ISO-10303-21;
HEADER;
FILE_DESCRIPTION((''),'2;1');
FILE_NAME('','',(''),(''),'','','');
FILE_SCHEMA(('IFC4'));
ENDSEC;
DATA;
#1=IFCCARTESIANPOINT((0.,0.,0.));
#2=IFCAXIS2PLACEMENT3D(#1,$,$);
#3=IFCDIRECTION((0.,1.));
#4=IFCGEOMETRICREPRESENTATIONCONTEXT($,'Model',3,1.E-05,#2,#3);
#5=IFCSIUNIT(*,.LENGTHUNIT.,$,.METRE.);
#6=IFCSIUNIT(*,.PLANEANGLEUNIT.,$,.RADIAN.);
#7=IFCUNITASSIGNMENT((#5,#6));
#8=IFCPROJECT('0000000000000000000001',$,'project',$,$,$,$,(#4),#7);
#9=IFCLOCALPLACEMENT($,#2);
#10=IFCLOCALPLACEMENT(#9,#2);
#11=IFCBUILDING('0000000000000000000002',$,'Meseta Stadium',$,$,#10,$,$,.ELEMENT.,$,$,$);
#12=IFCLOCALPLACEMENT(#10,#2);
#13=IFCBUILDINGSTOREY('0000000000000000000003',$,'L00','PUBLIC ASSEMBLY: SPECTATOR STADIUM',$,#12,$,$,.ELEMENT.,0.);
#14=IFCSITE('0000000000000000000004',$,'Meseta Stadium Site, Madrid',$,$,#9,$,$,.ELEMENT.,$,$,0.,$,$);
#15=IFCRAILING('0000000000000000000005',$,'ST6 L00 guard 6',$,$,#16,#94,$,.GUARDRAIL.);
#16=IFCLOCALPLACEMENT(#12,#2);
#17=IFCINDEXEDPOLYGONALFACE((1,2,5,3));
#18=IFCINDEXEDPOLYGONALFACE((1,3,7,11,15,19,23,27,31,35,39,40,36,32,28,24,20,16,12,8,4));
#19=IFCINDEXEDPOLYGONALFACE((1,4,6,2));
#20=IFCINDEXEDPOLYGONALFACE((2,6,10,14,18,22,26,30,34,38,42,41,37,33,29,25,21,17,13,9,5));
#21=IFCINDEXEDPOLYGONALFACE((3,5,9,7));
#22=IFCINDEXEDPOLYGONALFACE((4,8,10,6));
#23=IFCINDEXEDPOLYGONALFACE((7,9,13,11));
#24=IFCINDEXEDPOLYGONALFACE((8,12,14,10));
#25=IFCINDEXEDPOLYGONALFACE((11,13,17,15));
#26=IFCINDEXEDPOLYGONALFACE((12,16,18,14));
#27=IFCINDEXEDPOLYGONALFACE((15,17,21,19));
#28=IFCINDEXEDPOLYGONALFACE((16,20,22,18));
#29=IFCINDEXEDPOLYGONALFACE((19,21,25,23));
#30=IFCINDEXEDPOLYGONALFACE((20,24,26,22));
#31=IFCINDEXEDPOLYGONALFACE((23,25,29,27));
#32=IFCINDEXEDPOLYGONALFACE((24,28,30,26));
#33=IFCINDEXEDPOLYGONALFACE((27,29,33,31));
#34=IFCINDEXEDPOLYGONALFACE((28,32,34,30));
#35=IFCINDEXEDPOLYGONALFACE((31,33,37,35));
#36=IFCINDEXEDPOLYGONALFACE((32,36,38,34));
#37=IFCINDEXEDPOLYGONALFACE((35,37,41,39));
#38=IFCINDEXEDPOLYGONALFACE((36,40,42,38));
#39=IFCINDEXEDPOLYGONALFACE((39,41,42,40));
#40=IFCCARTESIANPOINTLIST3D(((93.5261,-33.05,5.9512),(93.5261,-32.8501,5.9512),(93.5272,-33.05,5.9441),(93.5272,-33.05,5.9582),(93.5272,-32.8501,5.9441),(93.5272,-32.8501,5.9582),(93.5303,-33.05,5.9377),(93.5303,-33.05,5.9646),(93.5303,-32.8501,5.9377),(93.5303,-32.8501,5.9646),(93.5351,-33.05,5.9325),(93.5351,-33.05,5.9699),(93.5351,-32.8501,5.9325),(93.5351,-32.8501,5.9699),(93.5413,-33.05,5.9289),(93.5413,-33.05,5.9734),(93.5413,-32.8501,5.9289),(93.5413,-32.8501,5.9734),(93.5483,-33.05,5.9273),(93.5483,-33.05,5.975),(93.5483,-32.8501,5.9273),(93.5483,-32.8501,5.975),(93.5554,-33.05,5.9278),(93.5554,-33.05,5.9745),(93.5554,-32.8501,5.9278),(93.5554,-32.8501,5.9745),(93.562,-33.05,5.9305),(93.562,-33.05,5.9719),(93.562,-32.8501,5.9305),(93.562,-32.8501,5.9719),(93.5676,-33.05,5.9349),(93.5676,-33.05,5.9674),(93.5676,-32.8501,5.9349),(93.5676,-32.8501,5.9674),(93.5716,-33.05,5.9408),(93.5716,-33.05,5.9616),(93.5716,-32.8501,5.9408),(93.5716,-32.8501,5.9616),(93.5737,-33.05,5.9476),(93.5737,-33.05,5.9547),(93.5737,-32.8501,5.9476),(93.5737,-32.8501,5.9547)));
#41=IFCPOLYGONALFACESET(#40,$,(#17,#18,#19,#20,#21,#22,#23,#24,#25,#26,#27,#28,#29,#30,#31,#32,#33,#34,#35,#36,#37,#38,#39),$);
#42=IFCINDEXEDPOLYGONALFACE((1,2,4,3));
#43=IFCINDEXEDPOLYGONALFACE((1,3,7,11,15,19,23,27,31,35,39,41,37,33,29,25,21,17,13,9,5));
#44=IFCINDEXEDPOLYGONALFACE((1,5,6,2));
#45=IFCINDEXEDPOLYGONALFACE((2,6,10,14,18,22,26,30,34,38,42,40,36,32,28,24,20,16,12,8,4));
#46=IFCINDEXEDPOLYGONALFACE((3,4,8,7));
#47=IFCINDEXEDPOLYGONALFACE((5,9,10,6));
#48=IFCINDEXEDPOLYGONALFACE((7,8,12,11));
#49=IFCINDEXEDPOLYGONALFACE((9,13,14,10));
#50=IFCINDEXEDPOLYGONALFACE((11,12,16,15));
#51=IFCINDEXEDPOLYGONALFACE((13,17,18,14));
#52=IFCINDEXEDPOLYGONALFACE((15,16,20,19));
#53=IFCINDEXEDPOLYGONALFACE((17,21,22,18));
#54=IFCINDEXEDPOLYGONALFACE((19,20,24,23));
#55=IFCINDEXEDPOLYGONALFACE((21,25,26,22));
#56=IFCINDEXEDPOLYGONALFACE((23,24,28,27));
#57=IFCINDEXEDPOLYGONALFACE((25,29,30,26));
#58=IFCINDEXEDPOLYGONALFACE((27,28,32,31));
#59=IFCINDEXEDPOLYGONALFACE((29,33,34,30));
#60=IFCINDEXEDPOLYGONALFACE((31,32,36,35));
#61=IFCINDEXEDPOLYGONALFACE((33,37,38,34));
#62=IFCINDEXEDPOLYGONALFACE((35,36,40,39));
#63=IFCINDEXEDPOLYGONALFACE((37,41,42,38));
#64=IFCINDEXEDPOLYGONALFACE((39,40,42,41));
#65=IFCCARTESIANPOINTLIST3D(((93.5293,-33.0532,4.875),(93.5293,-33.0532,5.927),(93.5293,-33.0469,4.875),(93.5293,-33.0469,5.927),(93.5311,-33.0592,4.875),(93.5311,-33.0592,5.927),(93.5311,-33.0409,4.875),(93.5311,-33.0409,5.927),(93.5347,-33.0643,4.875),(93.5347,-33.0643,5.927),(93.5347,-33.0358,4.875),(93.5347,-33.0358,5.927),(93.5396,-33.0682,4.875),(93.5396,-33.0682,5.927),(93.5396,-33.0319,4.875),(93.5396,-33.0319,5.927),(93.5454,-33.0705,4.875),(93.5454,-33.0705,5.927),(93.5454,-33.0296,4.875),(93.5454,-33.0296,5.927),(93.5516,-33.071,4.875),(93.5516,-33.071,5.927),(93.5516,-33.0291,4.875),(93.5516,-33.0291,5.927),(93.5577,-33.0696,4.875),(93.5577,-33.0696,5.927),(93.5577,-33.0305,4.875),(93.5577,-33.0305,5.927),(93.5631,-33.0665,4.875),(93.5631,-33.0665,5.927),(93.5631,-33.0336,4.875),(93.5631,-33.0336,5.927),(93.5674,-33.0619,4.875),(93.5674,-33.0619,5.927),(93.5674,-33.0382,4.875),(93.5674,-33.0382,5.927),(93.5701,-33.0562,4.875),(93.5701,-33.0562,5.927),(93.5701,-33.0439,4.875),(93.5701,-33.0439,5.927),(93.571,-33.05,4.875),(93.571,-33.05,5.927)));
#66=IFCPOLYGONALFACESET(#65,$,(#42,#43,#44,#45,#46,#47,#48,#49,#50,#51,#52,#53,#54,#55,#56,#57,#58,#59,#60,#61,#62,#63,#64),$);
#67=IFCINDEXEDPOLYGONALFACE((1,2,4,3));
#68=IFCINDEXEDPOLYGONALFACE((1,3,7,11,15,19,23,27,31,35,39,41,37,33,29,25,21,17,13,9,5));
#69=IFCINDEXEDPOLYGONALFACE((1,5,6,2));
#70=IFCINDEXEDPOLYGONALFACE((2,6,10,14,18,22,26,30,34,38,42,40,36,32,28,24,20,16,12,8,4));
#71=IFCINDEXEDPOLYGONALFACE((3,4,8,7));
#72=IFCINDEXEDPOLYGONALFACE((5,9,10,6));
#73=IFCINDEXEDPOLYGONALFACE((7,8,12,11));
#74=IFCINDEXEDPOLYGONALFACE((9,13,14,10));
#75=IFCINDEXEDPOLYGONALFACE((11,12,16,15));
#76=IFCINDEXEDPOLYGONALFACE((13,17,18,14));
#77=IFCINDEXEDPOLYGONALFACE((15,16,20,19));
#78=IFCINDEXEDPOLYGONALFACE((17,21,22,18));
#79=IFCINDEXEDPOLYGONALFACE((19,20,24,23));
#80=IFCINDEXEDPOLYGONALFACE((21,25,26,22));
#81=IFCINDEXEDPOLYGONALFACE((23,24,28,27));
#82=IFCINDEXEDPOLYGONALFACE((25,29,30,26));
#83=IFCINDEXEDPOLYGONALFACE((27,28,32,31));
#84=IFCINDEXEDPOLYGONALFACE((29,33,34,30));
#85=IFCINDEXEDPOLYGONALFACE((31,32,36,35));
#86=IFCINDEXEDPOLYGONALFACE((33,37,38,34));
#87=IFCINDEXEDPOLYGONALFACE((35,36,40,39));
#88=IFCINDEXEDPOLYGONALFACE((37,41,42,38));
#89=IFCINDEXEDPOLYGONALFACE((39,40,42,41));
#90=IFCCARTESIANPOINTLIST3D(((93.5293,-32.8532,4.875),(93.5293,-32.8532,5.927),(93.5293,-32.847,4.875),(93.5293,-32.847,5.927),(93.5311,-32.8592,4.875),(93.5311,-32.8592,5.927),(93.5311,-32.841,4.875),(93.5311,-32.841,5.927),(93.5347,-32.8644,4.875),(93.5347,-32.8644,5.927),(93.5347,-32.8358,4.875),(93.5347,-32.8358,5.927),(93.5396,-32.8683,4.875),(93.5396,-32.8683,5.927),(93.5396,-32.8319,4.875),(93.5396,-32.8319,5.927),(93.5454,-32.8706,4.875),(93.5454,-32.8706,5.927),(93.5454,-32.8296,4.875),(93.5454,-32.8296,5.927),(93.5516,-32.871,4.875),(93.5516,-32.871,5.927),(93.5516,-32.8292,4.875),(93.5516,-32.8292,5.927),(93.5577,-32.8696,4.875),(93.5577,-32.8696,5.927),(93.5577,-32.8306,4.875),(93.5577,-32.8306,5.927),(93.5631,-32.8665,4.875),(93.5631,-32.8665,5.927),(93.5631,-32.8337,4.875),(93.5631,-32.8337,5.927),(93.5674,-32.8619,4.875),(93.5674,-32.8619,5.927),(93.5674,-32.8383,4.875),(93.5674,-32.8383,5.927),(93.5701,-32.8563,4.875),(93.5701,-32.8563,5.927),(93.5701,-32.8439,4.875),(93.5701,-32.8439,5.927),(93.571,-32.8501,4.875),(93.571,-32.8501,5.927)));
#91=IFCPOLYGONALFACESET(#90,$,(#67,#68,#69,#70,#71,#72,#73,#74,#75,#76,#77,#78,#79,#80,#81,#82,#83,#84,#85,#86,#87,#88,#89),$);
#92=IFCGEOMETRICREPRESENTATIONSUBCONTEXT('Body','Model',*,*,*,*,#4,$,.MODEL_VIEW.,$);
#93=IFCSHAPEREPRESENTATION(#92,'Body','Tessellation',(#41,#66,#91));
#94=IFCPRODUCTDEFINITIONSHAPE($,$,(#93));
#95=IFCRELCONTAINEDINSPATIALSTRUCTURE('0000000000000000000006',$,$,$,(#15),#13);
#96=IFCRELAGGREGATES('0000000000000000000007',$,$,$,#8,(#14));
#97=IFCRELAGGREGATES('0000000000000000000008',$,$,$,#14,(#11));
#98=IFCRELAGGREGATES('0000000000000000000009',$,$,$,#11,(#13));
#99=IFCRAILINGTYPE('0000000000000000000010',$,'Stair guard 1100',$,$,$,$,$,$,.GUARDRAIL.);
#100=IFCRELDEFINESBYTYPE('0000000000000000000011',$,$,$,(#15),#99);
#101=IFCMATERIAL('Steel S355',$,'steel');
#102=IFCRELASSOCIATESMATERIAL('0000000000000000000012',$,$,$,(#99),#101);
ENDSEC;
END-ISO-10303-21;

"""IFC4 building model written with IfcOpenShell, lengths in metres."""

from ifc_helpers import new_model, si_unit, direction, frame, origin, origin_2d, place, context, subcontext, project, spatial, circle, extrude, material, type_object, element, save


model = new_model("IFC4")

# Units and contexts
model_context = context("Model", 3, precision=1e-05, world=origin(), true_north=direction((0.0, 1.0)))
body_context = subcontext(model_context, "Body", "Model", "MODEL_VIEW")
ifc_project = project(units=[si_unit("LENGTHUNIT", "METRE"), si_unit("PLANEANGLEUNIT", "RADIAN")], contexts=[model_context])

# Site, building, storey
site_placement = place(None, origin())
site = spatial("IfcSite", under=ifc_project, at=site_placement, Name="Meseta Stadium Site, Madrid", CompositionType="ELEMENT", RefElevation=0.0)
building_placement = place(site_placement, origin())
building = spatial("IfcBuilding", under=site, at=building_placement, Name="Meseta Stadium", CompositionType="ELEMENT")
storey_placement = place(building_placement, origin())
storey = spatial("IfcBuildingStorey", under=building, at=storey_placement, Name="L00", Description="PUBLIC ASSEMBLY: SPECTATOR STADIUM", CompositionType="ELEMENT", Elevation=0.0)

# Railing
ifc_material_1 = material(Name="Steel S355", Category="steel")
railing_type_1 = type_object("IfcRailingType", Name="Stair guard 1100", PredefinedType="GUARDRAIL", material=ifc_material_1)
railing_1_placement = place(storey_placement, frame((93.55, -33.05, 4.875)))
element("IfcRailing", 1, at=railing_1_placement, inside=storey, type_object=railing_type_1, Name="ST6 L00 guard 6", PredefinedType="GUARDRAIL", context=body_context, shape_type="SweptSolid", body=[
    extrude(circle(Radius=0.0239, at=origin_2d()), frame((0.0, 0.0, 1.0762), z_axis=(0.0, 1.0, 0.0), x_axis=(-1.0, 0.0, 0.0)), (0.0, 0.0, 1.0), 0.2),
    extrude(circle(Radius=0.021, at=origin_2d()), origin(), (0.0, 0.0, 1.0), 1.052),
    extrude(circle(Radius=0.021, at=origin_2d()), frame((0.0, 0.2, 0.0)), (0.0, 0.0, 1.0), 1.052),
])

save(model, "model.ifc")
